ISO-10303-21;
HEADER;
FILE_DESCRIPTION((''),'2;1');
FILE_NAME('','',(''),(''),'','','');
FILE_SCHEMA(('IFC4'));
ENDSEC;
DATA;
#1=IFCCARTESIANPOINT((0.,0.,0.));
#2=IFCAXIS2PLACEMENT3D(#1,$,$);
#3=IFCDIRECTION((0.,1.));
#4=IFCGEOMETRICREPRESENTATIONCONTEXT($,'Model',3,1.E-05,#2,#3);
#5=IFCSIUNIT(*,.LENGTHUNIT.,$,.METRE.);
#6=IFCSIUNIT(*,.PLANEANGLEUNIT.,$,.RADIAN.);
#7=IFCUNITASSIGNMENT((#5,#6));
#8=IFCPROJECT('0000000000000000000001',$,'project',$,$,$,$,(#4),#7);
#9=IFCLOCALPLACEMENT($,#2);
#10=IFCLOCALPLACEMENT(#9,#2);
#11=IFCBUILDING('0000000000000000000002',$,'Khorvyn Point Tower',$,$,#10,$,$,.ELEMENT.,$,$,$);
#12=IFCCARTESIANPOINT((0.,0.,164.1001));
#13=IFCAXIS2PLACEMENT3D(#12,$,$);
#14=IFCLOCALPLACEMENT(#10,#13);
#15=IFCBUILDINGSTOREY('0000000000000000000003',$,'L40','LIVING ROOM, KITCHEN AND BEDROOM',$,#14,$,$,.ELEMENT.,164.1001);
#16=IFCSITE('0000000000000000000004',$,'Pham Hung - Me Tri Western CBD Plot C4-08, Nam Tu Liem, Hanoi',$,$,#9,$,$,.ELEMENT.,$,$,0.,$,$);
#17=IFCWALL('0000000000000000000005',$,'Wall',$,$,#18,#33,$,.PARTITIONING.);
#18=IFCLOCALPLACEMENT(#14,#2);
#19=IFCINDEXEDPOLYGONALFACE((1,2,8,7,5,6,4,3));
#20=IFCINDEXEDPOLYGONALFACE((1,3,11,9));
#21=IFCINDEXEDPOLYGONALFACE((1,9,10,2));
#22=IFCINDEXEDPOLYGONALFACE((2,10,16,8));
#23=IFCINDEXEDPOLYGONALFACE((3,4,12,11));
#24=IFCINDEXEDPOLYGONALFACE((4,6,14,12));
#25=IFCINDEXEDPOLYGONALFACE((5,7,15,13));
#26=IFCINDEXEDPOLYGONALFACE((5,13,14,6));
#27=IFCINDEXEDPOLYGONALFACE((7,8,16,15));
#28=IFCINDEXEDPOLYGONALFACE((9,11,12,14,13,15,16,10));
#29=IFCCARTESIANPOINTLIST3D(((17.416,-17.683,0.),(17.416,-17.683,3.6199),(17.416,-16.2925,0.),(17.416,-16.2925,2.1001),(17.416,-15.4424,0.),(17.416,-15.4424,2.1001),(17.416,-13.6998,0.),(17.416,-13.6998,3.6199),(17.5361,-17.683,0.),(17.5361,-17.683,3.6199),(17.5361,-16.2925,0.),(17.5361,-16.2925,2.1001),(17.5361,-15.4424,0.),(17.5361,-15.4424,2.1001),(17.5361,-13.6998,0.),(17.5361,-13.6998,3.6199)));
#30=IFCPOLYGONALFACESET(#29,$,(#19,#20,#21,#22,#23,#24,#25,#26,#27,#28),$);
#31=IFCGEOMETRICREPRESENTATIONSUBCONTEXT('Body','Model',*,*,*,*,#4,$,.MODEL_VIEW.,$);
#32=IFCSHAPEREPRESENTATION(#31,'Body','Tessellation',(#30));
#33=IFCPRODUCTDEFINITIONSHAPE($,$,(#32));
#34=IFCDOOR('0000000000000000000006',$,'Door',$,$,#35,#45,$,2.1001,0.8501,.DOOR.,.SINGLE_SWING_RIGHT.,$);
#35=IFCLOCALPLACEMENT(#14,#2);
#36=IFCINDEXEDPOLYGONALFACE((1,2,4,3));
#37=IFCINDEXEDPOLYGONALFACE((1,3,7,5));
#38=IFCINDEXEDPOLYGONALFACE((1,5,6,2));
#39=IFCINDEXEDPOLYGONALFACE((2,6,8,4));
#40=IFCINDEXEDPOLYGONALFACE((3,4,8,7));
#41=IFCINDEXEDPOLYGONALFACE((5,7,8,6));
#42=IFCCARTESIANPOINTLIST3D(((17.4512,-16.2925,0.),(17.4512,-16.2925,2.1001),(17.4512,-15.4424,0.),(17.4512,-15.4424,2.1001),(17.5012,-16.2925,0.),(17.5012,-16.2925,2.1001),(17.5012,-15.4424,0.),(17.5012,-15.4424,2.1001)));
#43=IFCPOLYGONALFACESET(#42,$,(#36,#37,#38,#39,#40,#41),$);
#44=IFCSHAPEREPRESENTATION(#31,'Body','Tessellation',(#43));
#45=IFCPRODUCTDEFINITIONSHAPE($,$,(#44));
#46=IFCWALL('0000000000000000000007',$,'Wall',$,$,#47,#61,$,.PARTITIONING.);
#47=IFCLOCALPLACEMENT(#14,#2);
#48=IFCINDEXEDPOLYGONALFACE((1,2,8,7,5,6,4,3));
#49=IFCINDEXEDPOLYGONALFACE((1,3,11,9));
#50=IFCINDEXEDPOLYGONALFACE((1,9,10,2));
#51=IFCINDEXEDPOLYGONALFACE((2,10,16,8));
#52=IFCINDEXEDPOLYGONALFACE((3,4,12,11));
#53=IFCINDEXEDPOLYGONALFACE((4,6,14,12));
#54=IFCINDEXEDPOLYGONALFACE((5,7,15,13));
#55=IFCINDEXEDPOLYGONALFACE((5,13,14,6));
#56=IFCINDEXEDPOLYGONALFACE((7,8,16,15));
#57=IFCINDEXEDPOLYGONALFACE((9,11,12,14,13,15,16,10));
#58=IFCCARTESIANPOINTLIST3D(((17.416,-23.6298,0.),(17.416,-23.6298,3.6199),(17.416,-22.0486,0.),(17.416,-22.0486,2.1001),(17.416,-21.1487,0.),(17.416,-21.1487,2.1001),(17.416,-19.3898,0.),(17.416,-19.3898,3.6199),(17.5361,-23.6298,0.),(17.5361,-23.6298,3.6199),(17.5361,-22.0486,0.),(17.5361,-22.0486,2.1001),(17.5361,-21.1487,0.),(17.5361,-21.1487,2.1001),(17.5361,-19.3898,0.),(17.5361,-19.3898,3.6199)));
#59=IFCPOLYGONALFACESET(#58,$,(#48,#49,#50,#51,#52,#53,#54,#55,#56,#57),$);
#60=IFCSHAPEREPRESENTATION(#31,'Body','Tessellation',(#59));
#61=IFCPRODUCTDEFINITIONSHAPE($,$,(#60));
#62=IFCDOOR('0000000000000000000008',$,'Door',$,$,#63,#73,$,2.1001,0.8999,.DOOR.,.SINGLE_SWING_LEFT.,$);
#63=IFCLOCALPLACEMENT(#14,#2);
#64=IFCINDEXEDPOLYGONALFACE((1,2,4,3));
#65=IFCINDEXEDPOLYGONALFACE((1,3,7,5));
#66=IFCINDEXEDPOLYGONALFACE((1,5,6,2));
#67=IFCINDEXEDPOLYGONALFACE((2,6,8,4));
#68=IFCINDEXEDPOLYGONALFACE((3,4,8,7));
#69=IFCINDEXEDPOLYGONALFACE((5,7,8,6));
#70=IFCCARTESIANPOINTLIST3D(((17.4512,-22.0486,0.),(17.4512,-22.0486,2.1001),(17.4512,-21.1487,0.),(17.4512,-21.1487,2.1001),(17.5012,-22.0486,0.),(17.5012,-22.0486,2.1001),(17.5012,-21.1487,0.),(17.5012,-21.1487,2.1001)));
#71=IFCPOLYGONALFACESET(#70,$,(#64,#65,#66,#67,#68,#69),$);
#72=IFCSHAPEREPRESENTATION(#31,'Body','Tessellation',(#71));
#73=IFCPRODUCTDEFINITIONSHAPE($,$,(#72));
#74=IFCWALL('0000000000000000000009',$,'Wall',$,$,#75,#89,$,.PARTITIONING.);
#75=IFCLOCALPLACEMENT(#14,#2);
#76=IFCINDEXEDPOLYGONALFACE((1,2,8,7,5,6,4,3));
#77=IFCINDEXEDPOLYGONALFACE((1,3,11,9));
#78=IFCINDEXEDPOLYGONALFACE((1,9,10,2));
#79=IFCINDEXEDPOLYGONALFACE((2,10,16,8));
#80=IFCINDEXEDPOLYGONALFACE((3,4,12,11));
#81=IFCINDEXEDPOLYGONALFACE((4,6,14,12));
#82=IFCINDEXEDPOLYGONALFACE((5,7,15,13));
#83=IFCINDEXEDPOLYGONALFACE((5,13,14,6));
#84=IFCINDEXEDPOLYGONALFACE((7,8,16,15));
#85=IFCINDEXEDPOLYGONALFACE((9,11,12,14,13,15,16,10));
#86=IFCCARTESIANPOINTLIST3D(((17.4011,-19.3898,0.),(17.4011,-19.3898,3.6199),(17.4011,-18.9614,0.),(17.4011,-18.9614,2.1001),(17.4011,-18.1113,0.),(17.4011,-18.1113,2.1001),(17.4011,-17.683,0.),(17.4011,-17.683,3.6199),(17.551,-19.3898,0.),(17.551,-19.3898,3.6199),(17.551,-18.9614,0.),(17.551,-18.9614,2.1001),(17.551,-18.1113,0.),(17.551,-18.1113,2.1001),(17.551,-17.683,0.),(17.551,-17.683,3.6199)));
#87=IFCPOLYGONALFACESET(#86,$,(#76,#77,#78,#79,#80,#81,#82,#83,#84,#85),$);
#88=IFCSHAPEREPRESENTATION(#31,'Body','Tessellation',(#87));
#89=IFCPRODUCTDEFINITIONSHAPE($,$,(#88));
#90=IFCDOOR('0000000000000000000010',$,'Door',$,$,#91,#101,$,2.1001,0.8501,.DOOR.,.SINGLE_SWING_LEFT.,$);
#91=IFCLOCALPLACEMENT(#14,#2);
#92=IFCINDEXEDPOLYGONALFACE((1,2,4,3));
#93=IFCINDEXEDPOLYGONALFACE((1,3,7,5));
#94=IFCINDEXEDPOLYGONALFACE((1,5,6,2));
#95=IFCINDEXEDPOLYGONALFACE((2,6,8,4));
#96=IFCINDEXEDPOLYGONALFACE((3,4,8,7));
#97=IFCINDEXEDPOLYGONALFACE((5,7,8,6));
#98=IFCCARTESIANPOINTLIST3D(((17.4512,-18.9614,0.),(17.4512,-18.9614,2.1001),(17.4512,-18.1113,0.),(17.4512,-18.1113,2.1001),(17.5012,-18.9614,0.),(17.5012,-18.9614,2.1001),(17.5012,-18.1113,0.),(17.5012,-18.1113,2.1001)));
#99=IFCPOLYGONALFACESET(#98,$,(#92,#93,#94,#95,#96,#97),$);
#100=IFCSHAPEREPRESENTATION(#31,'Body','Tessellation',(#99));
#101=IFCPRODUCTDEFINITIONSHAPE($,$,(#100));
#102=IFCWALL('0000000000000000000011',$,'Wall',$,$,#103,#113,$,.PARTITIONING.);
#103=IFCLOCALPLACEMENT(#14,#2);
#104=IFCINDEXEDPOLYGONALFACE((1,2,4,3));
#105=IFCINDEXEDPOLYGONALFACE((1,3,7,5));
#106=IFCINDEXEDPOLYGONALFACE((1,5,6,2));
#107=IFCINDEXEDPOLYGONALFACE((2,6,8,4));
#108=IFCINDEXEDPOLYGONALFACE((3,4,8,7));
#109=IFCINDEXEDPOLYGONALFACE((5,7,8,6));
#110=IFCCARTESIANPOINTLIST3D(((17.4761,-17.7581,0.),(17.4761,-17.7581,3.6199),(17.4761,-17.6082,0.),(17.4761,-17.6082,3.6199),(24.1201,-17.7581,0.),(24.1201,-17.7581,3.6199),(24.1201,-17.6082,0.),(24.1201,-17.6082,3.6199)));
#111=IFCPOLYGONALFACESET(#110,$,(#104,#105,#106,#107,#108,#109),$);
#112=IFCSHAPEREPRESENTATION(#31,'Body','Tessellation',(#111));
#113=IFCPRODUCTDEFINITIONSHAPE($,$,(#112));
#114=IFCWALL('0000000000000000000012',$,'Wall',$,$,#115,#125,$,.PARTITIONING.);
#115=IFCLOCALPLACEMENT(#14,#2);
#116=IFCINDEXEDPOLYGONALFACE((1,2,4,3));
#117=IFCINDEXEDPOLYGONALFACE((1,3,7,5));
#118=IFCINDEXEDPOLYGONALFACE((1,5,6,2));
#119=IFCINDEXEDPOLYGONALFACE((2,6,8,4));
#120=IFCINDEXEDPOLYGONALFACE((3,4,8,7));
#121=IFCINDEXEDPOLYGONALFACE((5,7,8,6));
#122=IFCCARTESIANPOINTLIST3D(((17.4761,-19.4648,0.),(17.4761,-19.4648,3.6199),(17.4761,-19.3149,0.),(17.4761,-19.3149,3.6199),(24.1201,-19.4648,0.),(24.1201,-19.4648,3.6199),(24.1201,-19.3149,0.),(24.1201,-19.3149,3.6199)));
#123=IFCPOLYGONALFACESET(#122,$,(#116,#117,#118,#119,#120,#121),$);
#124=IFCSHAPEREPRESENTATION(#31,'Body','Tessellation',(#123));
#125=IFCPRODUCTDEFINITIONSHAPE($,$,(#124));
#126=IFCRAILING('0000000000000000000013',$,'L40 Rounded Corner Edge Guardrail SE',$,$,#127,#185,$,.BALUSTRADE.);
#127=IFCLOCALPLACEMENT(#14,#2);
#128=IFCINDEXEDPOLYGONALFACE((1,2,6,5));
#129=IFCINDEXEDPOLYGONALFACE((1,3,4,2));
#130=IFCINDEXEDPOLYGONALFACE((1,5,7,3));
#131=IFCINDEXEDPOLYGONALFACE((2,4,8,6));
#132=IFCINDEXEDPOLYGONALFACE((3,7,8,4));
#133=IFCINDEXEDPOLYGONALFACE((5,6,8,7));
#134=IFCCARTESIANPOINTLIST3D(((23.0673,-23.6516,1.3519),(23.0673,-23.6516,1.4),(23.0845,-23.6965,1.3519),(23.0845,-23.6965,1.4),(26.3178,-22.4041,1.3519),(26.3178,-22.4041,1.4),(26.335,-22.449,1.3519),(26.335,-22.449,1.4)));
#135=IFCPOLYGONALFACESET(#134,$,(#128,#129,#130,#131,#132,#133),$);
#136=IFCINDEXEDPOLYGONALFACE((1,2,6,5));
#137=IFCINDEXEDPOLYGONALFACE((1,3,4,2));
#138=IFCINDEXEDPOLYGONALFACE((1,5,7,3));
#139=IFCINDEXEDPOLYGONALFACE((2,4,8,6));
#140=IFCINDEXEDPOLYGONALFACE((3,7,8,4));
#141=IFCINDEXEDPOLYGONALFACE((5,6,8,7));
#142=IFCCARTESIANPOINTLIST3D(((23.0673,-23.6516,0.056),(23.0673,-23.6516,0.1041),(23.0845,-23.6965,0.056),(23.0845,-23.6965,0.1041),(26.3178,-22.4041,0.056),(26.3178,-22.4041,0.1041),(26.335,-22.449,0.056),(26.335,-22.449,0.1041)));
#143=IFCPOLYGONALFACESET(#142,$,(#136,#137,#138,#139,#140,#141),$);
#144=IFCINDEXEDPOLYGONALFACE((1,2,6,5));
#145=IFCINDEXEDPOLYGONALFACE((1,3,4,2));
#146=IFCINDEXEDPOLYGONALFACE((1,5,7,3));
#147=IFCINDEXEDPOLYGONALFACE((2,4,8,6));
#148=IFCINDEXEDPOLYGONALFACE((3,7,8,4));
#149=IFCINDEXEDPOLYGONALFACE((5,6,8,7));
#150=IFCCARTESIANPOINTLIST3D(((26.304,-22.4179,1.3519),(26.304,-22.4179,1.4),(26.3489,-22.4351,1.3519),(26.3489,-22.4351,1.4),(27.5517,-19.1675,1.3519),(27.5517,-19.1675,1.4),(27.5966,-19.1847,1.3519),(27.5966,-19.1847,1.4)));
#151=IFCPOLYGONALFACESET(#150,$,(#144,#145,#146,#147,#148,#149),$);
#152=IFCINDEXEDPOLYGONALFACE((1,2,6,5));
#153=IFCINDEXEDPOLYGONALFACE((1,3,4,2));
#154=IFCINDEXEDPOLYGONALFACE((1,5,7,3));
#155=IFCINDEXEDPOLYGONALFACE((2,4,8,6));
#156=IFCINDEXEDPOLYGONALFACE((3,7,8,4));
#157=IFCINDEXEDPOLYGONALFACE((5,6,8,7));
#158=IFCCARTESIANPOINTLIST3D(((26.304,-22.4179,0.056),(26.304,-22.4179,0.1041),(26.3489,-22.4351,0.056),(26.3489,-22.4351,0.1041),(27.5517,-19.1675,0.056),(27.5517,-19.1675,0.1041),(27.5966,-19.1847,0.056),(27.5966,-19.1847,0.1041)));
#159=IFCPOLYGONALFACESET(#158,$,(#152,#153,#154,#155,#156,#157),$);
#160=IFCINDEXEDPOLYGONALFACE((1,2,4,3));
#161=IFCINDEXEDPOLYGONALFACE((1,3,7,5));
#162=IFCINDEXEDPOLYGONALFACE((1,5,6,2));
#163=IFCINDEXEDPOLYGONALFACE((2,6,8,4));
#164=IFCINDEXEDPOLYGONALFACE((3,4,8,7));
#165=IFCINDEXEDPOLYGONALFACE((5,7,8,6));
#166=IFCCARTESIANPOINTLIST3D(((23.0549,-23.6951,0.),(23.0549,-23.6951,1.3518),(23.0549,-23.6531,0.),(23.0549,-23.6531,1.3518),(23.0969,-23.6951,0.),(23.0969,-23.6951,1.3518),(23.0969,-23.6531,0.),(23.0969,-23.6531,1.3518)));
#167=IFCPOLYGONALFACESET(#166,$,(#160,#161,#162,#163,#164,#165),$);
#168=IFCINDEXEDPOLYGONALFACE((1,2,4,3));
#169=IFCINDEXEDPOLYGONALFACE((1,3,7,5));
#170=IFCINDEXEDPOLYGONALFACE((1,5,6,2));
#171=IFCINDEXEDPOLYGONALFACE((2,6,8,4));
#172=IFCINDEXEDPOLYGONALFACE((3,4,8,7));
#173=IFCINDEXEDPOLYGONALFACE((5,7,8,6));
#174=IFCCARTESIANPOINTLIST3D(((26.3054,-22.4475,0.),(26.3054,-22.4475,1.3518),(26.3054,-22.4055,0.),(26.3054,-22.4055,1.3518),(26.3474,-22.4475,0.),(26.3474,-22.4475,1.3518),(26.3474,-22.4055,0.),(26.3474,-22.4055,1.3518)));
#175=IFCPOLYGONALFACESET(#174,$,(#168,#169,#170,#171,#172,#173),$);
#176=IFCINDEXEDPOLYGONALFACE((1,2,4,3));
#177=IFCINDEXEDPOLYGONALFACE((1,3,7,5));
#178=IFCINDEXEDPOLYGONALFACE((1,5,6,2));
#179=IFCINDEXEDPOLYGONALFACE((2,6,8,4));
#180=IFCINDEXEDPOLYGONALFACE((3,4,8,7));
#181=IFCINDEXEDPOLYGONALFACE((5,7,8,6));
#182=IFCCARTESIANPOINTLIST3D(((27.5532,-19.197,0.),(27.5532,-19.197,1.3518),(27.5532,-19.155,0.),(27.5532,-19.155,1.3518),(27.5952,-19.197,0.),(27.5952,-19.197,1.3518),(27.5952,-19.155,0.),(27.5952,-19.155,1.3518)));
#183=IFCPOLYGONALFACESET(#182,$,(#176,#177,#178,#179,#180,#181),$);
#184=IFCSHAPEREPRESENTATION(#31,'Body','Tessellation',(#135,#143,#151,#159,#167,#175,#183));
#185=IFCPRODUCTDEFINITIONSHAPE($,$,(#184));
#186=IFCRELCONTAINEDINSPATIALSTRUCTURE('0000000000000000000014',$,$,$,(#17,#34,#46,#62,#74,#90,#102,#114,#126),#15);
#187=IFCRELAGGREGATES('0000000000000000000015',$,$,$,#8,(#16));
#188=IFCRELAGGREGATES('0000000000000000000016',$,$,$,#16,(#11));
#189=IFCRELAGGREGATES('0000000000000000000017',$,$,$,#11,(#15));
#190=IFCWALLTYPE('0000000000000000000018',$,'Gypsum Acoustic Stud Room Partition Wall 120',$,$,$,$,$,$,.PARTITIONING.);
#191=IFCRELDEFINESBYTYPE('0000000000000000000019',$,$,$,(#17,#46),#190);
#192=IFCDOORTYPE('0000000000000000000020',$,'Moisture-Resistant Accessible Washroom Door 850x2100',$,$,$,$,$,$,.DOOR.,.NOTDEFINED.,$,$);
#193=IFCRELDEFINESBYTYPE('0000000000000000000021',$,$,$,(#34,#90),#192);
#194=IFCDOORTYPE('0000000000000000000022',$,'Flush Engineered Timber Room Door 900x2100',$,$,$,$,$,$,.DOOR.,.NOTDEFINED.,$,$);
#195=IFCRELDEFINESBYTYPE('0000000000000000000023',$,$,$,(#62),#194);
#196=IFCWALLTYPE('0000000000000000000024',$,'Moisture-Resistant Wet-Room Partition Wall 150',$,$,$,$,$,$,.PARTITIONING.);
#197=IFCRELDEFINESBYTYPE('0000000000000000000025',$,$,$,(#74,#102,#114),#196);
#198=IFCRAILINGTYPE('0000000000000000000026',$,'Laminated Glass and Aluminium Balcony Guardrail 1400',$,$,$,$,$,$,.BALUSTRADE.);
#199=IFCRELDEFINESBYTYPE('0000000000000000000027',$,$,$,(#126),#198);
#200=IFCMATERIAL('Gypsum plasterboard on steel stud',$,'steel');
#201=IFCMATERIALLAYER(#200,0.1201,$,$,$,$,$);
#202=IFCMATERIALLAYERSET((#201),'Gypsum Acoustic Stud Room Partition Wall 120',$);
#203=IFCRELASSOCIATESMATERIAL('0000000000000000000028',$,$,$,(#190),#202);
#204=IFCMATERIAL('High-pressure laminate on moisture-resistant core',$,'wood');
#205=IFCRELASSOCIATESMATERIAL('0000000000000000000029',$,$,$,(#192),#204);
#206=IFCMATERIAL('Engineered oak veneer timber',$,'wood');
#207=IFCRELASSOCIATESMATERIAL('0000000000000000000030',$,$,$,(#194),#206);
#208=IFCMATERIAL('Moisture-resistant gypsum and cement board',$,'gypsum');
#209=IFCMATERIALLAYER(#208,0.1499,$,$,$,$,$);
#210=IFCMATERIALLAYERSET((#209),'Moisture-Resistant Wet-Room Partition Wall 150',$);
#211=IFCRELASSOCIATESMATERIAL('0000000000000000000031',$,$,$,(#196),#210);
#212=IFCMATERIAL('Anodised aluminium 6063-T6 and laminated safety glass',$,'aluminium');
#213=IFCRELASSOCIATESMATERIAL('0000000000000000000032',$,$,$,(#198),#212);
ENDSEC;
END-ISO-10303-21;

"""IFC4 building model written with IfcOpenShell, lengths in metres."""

from ifc_helpers import new_model, si_unit, direction, frame, frame_2d, origin, origin_2d, place, context, subcontext, project, spatial, rectangle, extrude, material, layer, layer_set, type_object, element, fill, save


model = new_model("IFC4")

# Units and contexts
model_context = context("Model", 3, precision=1e-05, world=origin(), true_north=direction((0.0, 1.0)))
body_context = subcontext(model_context, "Body", "Model", "MODEL_VIEW")
ifc_project = project(units=[si_unit("LENGTHUNIT", "METRE"), si_unit("PLANEANGLEUNIT", "RADIAN")], contexts=[model_context])

# Site, building, storey
site_placement = place(None, origin())
site = spatial("IfcSite", under=ifc_project, at=site_placement, Name="Pham Hung - Me Tri Western CBD Plot C4-08, Nam Tu Liem, Hanoi", CompositionType="ELEMENT", RefElevation=0.0)
building_placement = place(site_placement, origin())
building = spatial("IfcBuilding", under=site, at=building_placement, Name="Khorvyn Point Tower", CompositionType="ELEMENT")
storey_placement = place(building_placement, frame((0.0, 0.0, 164.1001)))
storey = spatial("IfcBuildingStorey", under=building, at=storey_placement, Name="L40", Description="LIVING ROOM, KITCHEN AND BEDROOM", CompositionType="ELEMENT", Elevation=164.1001)

# Walls, openings, doors
ifc_material_1 = material(Name="Gypsum plasterboard on steel stud", Category="steel")
ifc_layer_1 = layer(ifc_material_1, 0.1201)
ifc_layer_set_1 = layer_set([ifc_layer_1], Name="Gypsum Acoustic Stud Room Partition Wall 120")
wall_type_1 = type_object("IfcWallType", Name="Gypsum Acoustic Stud Room Partition Wall 120", PredefinedType="PARTITIONING", material=ifc_layer_set_1)
wall_1_placement = place(storey_placement, frame((17.4761, -17.6831, 0.0), z_axis=(0.0, 0.0, 1.0), x_axis=(0.0, 1.0, 0.0)))
wall_1 = element("IfcWall", 1, at=wall_1_placement, inside=storey, type_object=wall_type_1, Name="Wall", PredefinedType="PARTITIONING", context=body_context, shape_type="SweptSolid", body=[
    extrude(rectangle(XDim=3.9832, YDim=0.1201, at=frame_2d((1.9917, 0.0))), origin(), (0.0, 0.0, 1.0), 3.6199),
])
opening_1_placement = place(wall_1_placement, frame((1.3906, 0.0, 0.0)))
opening_1 = element("IfcOpeningElement", 2, at=opening_1_placement, cuts=wall_1, PredefinedType="OPENING", context=body_context, shape_type="SweptSolid", body=[
    extrude(rectangle(XDim=0.8501, YDim=2.1001, at=frame_2d((0.425, 1.05))), frame((0.0, 0.0701, 0.0), z_axis=(0.0, -1.0, 0.0), x_axis=(1.0, 0.0, 0.0)), (0.0, 0.0, 1.0), 0.1401),
])
ifc_material_2 = material(Name="High-pressure laminate on moisture-resistant core", Category="wood")
door_type_1 = type_object("IfcDoorType", Name="Moisture-Resistant Accessible Washroom Door 850x2100", OperationType="NOTDEFINED", PredefinedType="DOOR", material=ifc_material_2)
door_1_placement = place(opening_1_placement, origin())
door_1 = element("IfcDoor", 3, at=door_1_placement, inside=storey, type_object=door_type_1, Name="Door", OperationType="SINGLE_SWING_RIGHT", OverallHeight=2.1001, OverallWidth=0.8501, PredefinedType="DOOR", context=body_context, shape_type="SweptSolid", body=[
    extrude(rectangle(XDim=0.8501, YDim=2.1001, at=frame_2d((0.425, 1.05))), frame((0.0, 0.0249, 0.0), z_axis=(0.0, -1.0, 0.0), x_axis=(1.0, 0.0, 0.0)), (0.0, 0.0, 1.0), 0.05),
])
fill(opening_1, door_1)
wall_2_placement = place(storey_placement, frame((17.4761, -23.6299, 0.0), z_axis=(0.0, 0.0, 1.0), x_axis=(0.0, 1.0, 0.0)))
wall_2 = element("IfcWall", 4, at=wall_2_placement, inside=storey, type_object=wall_type_1, Name="Wall", PredefinedType="PARTITIONING", context=body_context, shape_type="SweptSolid", body=[
    extrude(rectangle(XDim=4.24, YDim=0.1201, at=frame_2d((2.1201, 0.0))), origin(), (0.0, 0.0, 1.0), 3.6199),
])
opening_2_placement = place(wall_2_placement, frame((1.5813, 0.0, 0.0)))
opening_2 = element("IfcOpeningElement", 5, at=opening_2_placement, cuts=wall_2, PredefinedType="OPENING", context=body_context, shape_type="SweptSolid", body=[
    extrude(rectangle(XDim=0.8999, YDim=2.1001, at=frame_2d((0.45, 1.05))), frame((0.0, 0.0701, 0.0), z_axis=(0.0, -1.0, 0.0), x_axis=(1.0, 0.0, 0.0)), (0.0, 0.0, 1.0), 0.1401),
])
ifc_material_3 = material(Name="Engineered oak veneer timber", Category="wood")
door_type_2 = type_object("IfcDoorType", Name="Flush Engineered Timber Room Door 900x2100", OperationType="NOTDEFINED", PredefinedType="DOOR", material=ifc_material_3)
door_2_placement = place(opening_2_placement, origin())
door_2 = element("IfcDoor", 6, at=door_2_placement, inside=storey, type_object=door_type_2, Name="Door", OperationType="SINGLE_SWING_LEFT", OverallHeight=2.1001, OverallWidth=0.8999, PredefinedType="DOOR", context=body_context, shape_type="SweptSolid", body=[
    extrude(rectangle(XDim=0.8999, YDim=2.1001, at=frame_2d((0.45, 1.05))), frame((0.0, 0.0249, 0.0), z_axis=(0.0, -1.0, 0.0), x_axis=(1.0, 0.0, 0.0)), (0.0, 0.0, 1.0), 0.05),
])
fill(opening_2, door_2)
ifc_material_4 = material(Name="Moisture-resistant gypsum and cement board", Category="gypsum")
ifc_layer_2 = layer(ifc_material_4, 0.1499)
ifc_layer_set_2 = layer_set([ifc_layer_2], Name="Moisture-Resistant Wet-Room Partition Wall 150")
wall_type_2 = type_object("IfcWallType", Name="Moisture-Resistant Wet-Room Partition Wall 150", PredefinedType="PARTITIONING", material=ifc_layer_set_2)
wall_3_placement = place(storey_placement, frame((17.4761, -19.3899, 0.0), z_axis=(0.0, 0.0, 1.0), x_axis=(0.0, 1.0, 0.0)))
wall_3 = element("IfcWall", 7, at=wall_3_placement, inside=storey, type_object=wall_type_2, Name="Wall", PredefinedType="PARTITIONING", context=body_context, shape_type="SweptSolid", body=[
    extrude(rectangle(XDim=1.7068, YDim=0.1499, at=frame_2d((0.8535, 0.0))), origin(), (0.0, 0.0, 1.0), 3.6199),
])
opening_3_placement = place(wall_3_placement, frame((0.4285, 0.0, 0.0)))
opening_3 = element("IfcOpeningElement", 8, at=opening_3_placement, cuts=wall_3, PredefinedType="OPENING", context=body_context, shape_type="SweptSolid", body=[
    extrude(rectangle(XDim=0.8501, YDim=2.1001, at=frame_2d((0.425, 1.05))), frame((0.0, 0.085, 0.0), z_axis=(0.0, -1.0, 0.0), x_axis=(1.0, 0.0, 0.0)), (0.0, 0.0, 1.0), 0.1699),
])
door_3_placement = place(opening_3_placement, origin())
door_3 = element("IfcDoor", 9, at=door_3_placement, inside=storey, type_object=door_type_1, Name="Door", OperationType="SINGLE_SWING_LEFT", OverallHeight=2.1001, OverallWidth=0.8501, PredefinedType="DOOR", context=body_context, shape_type="SweptSolid", body=[
    extrude(rectangle(XDim=0.8501, YDim=2.1001, at=frame_2d((0.425, 1.05))), frame((0.0, 0.0249, 0.0), z_axis=(0.0, -1.0, 0.0), x_axis=(1.0, 0.0, 0.0)), (0.0, 0.0, 1.0), 0.05),
])
fill(opening_3, door_3)

# Walls
for number, where, z_axis, x_axis, name in (
    (10, (17.4761, -17.6831, 0.0), (0.0, 0.0, 1.0), (1.0, 0.0, 0.0), "Wall"),
    (11, (17.4761, -19.3899, 0.0), (0.0, 0.0, 1.0), (1.0, 0.0, 0.0), "Wall"),
):
    element("IfcWall", number, at=place(storey_placement, frame(where, z_axis=z_axis, x_axis=x_axis)), inside=storey, type_object=wall_type_2, Name=name, PredefinedType="PARTITIONING", context=body_context, shape_type="SweptSolid", body=[
        extrude(rectangle(XDim=6.644, YDim=0.1499, at=frame_2d((3.322, 0.0))), origin(), (0.0, 0.0, 1.0), 3.6199),
    ])

# Railing
ifc_material_5 = material(Name="Anodised aluminium 6063-T6 and laminated safety glass", Category="aluminium")
railing_type = type_object("IfcRailingType", Name="Laminated Glass and Aluminium Balcony Guardrail 1400", PredefinedType="BALUSTRADE", material=ifc_material_5)
railing_placement = place(storey_placement, frame((23.0759, -23.6741, 0.0)))
element("IfcRailing", 12, at=railing_placement, inside=storey, type_object=railing_type, Name="L40 Rounded Corner Edge Guardrail SE", PredefinedType="BALUSTRADE", context=body_context, shape_type="SweptSolid", body=[
    extrude(rectangle(XDim=0.0481, YDim=0.0481, at=origin_2d()), frame((0.0, 0.0, 1.376), z_axis=(0.933598, 0.358321, 0.0), x_axis=(-0.358321, 0.933598, 0.0)), (0.0, 0.0, 1.0), 3.4817),
    extrude(rectangle(XDim=0.0481, YDim=0.0481, at=origin_2d()), frame((0.0, 0.0, 0.0801), z_axis=(0.933598, 0.358321, 0.0), x_axis=(-0.358321, 0.933598, 0.0)), (0.0, 0.0, 1.0), 3.4817),
    extrude(rectangle(XDim=0.0481, YDim=0.0481, at=origin_2d()), frame((3.2505, 1.2476, 1.376), z_axis=(0.358382, 0.933575, 0.0), x_axis=(-0.933575, 0.358382, 0.0)), (0.0, 0.0, 1.0), 3.4817),
    extrude(rectangle(XDim=0.0481, YDim=0.0481, at=origin_2d()), frame((3.2505, 1.2476, 0.0801), z_axis=(0.358382, 0.933575, 0.0), x_axis=(-0.933575, 0.358382, 0.0)), (0.0, 0.0, 1.0), 3.4817),
    extrude(rectangle(XDim=0.042, YDim=0.042, at=origin_2d()), origin(), (0.0, 0.0, 1.0), 1.3518),
    extrude(rectangle(XDim=0.042, YDim=0.042, at=origin_2d()), frame((3.2505, 1.2476, 0.0)), (0.0, 0.0, 1.0), 1.3518),
    extrude(rectangle(XDim=0.042, YDim=0.042, at=origin_2d()), frame((4.4983, 4.498, 0.0)), (0.0, 0.0, 1.0), 1.3518),
])

save(model, "model.ifc")
